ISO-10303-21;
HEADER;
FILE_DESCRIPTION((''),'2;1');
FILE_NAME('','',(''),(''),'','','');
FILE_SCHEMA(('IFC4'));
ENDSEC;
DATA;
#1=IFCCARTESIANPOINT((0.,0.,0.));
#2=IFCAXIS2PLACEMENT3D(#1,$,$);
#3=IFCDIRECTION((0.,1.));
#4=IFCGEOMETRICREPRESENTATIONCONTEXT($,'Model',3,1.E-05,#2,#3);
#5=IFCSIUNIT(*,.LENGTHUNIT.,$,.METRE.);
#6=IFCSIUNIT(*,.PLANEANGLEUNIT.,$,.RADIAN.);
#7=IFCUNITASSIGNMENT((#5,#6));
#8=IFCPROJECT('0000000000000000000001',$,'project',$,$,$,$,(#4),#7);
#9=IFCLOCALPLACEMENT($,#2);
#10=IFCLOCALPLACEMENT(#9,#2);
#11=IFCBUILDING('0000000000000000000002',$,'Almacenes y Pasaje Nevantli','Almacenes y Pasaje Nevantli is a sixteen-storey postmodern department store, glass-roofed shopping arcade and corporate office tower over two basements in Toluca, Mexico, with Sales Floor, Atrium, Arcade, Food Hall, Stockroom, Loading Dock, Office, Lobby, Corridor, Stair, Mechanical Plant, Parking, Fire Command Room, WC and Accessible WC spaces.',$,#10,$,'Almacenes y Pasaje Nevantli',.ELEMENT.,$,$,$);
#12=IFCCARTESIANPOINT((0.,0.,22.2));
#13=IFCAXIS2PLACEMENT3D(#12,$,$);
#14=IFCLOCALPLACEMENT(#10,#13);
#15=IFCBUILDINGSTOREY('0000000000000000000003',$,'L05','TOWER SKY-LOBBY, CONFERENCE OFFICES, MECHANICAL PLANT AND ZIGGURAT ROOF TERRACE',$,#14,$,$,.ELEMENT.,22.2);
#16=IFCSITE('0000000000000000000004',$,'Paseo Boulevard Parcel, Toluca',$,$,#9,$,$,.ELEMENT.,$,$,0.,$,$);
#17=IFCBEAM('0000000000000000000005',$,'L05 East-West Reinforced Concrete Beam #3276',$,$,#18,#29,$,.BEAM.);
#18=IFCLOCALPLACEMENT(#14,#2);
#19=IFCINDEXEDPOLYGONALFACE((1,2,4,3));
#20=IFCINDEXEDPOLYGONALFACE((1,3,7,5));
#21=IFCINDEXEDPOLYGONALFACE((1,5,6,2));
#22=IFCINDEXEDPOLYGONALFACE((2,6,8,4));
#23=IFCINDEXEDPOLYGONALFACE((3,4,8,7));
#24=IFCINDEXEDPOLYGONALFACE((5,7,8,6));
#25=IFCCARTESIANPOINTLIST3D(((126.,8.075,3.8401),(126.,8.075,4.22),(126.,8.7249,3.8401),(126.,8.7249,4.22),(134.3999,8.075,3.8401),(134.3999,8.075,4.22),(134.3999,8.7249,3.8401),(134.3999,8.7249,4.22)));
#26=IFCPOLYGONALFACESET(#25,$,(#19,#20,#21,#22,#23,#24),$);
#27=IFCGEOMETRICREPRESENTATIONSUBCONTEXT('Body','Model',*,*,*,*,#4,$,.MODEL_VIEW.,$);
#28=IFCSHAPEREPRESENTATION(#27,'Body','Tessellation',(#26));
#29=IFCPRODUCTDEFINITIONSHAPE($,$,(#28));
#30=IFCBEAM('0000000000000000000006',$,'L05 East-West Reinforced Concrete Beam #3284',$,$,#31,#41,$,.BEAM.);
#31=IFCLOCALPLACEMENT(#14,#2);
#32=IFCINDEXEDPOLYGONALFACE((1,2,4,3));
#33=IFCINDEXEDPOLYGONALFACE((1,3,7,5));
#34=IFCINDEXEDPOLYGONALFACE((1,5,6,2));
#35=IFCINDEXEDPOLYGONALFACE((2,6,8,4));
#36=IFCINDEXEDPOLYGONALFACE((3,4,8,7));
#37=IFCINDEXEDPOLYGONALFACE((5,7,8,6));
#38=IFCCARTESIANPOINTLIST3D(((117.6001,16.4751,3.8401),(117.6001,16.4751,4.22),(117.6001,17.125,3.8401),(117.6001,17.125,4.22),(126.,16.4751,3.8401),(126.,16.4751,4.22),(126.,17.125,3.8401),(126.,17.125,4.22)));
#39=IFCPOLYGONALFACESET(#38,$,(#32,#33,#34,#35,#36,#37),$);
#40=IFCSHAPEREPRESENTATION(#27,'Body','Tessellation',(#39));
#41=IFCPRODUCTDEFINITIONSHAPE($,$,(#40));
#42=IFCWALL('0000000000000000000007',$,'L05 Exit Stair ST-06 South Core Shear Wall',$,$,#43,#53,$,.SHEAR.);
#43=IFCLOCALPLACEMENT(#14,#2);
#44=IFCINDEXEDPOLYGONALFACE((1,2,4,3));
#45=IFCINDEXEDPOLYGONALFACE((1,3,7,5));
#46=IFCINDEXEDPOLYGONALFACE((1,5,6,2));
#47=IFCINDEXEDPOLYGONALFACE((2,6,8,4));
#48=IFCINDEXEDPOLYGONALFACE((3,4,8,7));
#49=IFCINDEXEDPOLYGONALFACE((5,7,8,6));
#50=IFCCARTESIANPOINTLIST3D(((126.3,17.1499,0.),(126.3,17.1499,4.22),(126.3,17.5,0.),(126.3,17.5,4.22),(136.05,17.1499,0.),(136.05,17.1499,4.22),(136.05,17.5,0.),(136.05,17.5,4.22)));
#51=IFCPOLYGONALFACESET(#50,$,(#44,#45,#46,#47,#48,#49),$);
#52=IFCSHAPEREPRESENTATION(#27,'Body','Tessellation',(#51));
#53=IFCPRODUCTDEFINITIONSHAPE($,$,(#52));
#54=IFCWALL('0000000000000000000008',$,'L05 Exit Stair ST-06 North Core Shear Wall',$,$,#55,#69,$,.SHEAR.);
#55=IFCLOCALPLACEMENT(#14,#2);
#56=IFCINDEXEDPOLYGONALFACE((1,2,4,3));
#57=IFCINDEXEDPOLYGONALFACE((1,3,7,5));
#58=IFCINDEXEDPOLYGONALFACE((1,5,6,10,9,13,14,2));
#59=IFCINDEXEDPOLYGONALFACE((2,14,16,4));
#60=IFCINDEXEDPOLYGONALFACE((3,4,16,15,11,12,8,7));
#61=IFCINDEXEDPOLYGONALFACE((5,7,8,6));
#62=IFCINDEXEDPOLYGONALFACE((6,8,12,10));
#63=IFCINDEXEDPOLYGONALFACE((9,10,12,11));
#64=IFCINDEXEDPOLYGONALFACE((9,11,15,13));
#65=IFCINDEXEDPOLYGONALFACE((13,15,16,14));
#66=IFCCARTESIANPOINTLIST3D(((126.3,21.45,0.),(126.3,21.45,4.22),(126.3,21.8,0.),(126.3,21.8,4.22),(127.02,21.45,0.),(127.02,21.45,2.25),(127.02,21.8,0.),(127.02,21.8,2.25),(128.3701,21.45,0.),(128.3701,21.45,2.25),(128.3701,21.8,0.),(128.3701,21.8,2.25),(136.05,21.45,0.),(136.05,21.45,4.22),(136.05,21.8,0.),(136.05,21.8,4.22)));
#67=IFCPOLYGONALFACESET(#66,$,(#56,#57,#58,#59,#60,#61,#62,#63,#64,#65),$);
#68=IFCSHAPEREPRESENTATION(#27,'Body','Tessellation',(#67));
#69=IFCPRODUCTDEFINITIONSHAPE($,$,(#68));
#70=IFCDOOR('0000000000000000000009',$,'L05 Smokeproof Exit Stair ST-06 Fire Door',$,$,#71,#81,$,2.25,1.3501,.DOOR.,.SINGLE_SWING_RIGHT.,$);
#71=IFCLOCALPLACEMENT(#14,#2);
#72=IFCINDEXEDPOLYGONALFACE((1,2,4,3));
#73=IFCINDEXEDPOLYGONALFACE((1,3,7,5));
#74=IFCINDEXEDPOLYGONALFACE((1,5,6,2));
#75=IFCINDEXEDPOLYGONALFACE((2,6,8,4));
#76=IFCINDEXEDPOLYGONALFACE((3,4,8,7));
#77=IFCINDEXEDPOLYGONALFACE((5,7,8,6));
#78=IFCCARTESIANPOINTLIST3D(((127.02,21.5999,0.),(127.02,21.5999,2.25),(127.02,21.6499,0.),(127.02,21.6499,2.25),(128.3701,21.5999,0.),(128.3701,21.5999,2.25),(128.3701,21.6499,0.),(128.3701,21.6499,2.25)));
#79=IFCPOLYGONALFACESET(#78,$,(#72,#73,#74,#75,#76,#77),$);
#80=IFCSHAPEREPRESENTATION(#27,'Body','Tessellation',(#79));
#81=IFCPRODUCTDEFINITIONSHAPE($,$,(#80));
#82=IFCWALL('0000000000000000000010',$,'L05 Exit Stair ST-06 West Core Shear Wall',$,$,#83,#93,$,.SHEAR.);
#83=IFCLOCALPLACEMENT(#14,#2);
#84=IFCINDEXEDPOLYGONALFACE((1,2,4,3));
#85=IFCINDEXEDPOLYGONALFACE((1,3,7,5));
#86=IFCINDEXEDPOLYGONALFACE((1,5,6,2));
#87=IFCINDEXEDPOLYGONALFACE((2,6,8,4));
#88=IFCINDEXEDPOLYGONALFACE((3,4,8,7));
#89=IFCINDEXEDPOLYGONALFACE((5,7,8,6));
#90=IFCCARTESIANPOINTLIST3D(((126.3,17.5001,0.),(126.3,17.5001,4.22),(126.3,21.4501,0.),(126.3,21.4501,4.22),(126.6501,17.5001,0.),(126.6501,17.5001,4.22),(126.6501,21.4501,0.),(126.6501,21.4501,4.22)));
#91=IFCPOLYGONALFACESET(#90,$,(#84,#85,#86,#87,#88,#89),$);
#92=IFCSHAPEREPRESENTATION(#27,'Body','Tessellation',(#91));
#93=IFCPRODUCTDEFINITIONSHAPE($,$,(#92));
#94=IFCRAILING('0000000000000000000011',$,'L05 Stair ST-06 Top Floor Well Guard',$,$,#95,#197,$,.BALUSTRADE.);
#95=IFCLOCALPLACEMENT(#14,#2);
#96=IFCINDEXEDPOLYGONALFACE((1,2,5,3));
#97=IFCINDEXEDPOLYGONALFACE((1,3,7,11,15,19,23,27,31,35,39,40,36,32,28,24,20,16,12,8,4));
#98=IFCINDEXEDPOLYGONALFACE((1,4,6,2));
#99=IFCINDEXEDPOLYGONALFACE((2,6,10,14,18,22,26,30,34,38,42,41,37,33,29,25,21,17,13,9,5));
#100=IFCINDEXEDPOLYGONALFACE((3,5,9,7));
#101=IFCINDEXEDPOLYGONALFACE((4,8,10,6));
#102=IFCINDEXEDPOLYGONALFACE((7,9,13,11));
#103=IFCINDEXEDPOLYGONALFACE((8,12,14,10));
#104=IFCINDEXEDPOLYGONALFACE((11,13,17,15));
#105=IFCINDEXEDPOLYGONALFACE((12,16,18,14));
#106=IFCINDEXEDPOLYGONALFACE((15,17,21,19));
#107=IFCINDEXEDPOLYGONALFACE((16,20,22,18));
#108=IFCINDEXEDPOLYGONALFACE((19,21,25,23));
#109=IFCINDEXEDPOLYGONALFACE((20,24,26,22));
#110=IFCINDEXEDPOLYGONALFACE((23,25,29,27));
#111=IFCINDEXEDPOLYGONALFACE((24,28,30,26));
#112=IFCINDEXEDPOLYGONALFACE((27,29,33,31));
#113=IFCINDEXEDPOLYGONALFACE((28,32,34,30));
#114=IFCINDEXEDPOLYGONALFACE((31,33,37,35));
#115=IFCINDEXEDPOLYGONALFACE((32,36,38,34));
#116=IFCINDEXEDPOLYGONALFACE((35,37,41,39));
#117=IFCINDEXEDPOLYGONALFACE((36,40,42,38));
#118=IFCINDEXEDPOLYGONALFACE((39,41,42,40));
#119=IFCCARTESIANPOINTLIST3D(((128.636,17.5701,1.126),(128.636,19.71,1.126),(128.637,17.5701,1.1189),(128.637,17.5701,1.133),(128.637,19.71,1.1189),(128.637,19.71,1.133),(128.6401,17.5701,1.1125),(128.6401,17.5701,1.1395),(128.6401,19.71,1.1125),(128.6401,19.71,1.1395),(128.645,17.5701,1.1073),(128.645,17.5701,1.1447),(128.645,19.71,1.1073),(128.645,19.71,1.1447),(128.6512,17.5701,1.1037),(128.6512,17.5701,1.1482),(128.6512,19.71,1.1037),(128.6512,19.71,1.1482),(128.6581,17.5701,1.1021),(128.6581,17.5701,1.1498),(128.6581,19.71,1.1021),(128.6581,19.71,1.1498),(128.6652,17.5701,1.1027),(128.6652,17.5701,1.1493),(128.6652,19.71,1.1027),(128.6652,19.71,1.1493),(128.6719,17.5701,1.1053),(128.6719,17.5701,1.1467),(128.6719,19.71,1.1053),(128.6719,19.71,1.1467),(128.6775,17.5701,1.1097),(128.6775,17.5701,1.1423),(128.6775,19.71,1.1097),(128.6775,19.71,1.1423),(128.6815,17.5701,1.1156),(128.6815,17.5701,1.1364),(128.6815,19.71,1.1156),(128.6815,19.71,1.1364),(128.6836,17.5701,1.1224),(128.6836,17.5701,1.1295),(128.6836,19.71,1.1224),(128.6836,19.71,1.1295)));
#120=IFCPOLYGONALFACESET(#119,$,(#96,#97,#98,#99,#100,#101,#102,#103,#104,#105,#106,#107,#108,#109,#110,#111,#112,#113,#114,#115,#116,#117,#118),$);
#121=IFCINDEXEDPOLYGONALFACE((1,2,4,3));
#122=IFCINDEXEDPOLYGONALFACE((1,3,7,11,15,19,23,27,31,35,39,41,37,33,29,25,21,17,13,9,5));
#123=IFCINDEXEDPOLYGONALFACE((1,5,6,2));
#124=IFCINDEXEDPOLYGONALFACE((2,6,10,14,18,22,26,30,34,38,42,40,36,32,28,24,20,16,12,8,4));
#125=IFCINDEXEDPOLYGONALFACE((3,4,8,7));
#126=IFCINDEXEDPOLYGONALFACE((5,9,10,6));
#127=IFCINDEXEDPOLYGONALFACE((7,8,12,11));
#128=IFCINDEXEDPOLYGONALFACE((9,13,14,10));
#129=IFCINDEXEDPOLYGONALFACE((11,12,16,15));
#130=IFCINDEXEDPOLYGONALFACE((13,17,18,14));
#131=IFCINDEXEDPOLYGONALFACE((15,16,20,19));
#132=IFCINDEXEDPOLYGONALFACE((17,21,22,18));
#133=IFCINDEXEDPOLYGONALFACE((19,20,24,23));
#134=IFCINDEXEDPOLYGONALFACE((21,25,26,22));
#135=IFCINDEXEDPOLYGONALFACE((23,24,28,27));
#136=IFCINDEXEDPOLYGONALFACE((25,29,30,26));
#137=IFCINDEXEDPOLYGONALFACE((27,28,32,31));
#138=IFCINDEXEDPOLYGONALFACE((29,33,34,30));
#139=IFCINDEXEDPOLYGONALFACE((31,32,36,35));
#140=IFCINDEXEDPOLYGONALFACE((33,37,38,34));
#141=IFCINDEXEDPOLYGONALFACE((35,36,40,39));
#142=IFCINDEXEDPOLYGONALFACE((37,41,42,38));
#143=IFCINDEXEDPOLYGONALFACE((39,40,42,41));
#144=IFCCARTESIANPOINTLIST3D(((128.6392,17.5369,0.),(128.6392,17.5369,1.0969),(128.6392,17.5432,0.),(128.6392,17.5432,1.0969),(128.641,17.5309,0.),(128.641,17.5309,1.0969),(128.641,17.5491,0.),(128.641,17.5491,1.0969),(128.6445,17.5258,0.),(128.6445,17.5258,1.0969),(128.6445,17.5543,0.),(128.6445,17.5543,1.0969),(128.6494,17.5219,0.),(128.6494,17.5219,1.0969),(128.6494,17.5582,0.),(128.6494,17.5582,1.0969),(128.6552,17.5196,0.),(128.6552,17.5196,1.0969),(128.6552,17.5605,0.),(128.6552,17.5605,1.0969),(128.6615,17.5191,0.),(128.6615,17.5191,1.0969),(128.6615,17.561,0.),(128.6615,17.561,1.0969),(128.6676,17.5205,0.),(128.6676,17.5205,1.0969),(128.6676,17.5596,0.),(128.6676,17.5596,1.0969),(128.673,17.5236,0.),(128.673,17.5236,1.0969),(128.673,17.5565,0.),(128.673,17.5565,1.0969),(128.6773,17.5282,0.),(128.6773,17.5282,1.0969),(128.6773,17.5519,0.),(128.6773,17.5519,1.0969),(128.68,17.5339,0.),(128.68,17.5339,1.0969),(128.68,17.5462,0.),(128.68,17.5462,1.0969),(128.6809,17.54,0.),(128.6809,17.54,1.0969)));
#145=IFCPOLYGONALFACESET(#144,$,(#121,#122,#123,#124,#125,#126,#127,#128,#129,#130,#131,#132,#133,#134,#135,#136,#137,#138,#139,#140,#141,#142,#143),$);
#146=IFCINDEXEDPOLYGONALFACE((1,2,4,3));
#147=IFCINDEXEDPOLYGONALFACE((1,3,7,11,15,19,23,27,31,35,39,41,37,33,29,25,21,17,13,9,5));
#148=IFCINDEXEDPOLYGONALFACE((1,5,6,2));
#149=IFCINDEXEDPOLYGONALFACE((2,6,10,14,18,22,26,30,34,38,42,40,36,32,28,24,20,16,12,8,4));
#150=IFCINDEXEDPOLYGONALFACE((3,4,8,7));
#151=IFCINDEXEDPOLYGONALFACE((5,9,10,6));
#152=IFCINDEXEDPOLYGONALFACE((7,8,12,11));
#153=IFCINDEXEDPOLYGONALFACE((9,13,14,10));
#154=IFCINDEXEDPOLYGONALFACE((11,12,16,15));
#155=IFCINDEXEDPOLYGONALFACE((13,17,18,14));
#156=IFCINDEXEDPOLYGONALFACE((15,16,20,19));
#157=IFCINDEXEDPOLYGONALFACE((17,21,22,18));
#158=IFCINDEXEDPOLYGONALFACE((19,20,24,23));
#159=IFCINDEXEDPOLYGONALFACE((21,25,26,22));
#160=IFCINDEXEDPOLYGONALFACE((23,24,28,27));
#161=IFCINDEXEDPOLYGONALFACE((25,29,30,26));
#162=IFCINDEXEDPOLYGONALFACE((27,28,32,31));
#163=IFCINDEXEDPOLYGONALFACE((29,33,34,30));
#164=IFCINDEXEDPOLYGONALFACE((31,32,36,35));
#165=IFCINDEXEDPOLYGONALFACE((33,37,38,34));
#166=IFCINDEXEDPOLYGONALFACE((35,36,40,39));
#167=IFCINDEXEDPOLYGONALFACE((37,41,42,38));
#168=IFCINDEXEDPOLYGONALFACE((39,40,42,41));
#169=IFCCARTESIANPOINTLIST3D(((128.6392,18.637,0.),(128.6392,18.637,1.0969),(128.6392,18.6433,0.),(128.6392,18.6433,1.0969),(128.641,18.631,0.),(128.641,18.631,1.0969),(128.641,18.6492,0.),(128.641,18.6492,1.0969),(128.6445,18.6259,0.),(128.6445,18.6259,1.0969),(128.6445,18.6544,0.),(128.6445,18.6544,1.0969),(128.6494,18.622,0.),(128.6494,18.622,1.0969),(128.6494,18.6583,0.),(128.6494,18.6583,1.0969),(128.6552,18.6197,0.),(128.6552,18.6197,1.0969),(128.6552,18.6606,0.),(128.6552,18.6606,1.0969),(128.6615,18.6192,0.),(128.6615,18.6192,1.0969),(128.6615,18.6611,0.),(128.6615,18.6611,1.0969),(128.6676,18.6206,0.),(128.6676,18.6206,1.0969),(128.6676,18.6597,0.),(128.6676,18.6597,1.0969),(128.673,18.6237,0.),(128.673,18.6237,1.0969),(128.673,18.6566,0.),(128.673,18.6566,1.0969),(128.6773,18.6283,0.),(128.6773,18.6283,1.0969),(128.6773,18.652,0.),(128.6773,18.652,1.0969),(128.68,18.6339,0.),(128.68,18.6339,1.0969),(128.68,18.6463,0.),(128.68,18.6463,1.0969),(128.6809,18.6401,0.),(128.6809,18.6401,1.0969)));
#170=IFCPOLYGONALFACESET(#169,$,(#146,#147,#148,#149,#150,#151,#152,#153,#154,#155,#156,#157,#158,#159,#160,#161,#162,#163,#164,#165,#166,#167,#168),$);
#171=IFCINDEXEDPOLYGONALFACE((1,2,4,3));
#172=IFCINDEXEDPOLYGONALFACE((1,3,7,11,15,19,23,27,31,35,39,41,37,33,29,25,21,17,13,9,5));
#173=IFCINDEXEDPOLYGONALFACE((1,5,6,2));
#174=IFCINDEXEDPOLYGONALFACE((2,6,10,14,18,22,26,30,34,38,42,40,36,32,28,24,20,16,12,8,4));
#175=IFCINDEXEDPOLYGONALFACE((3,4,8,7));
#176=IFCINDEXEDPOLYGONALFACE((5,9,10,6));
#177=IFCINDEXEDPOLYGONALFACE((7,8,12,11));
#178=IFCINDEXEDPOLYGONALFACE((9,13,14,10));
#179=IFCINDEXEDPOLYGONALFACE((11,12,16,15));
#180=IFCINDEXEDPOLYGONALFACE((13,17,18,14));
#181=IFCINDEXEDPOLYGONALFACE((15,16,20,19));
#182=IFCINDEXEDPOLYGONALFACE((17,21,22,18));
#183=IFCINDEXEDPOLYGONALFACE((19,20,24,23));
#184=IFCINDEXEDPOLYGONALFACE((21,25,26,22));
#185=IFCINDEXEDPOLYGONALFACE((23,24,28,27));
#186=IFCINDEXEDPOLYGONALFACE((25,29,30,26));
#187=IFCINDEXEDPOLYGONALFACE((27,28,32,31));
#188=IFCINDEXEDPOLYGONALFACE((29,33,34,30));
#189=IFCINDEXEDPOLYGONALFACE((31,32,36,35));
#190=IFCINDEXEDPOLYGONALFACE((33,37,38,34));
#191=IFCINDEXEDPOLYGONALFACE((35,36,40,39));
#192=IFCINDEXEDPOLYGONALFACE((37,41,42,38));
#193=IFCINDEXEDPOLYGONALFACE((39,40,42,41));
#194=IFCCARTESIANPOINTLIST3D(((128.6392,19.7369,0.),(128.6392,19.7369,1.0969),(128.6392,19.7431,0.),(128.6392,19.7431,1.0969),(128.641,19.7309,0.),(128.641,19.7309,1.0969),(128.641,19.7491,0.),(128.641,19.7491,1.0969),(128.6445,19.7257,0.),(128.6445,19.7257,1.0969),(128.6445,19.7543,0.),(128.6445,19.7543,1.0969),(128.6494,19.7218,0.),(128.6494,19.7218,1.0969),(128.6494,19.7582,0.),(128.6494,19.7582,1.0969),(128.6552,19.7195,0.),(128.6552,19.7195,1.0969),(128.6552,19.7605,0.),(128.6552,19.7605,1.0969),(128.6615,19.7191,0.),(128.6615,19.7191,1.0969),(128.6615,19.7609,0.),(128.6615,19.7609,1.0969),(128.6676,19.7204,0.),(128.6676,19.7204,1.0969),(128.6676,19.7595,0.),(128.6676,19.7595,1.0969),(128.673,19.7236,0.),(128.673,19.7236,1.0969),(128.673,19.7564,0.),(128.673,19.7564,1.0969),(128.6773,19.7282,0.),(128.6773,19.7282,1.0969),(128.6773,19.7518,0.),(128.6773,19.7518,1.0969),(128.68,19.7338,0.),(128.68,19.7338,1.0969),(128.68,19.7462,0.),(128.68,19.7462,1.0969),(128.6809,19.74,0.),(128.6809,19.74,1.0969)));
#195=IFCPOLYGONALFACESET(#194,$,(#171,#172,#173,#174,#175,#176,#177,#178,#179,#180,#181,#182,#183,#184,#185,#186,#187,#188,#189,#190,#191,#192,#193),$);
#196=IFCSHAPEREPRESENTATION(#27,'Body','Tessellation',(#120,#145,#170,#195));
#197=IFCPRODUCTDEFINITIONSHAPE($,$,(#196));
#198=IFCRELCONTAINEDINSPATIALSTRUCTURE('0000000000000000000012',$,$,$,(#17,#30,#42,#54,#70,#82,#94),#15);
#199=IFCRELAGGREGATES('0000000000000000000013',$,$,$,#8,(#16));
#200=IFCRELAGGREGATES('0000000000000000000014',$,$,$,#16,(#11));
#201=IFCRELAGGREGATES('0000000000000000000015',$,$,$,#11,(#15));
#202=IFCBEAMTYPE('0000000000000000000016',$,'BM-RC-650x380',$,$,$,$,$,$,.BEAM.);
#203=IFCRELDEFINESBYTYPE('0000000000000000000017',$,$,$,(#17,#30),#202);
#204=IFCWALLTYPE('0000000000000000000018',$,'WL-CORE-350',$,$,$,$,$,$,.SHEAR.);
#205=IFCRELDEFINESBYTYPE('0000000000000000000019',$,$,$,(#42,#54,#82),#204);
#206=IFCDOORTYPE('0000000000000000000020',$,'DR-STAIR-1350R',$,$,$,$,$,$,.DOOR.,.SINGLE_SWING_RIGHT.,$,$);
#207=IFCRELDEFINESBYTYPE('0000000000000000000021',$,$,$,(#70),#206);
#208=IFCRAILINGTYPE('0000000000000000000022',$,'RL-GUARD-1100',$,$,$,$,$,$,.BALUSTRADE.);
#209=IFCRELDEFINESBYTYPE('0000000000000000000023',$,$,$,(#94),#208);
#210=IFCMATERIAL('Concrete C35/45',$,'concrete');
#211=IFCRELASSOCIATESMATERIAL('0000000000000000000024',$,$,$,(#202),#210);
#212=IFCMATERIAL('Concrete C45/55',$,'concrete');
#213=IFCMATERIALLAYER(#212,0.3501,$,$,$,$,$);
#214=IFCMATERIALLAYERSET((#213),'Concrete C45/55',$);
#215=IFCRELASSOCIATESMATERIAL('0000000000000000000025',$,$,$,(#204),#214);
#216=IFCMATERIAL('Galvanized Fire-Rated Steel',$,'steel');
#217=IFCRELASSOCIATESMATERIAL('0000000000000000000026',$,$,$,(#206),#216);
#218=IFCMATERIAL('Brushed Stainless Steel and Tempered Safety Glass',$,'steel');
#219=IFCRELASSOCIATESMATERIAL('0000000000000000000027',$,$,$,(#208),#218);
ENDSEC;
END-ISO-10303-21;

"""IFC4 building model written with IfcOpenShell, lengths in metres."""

from ifc_helpers import new_model, si_unit, direction, frame, frame_2d, origin, origin_2d, place, context, subcontext, project, spatial, rectangle, circle, extrude, material, layer, layer_set, material_profile, profile_set, type_object, element, fill, save


model = new_model("IFC4")

# Units and contexts
model_context = context("Model", 3, precision=1e-05, world=origin(), true_north=direction((0.0, 1.0)))
body_context = subcontext(model_context, "Body", "Model", "MODEL_VIEW")
ifc_project = project(units=[si_unit("LENGTHUNIT", "METRE"), si_unit("PLANEANGLEUNIT", "RADIAN")], contexts=[model_context])

# Site, building, storey
site_placement = place(None, origin())
site = spatial("IfcSite", under=ifc_project, at=site_placement, Name="Paseo Boulevard Parcel, Toluca", CompositionType="ELEMENT", RefElevation=0.0)
building_placement = place(site_placement, origin())
building = spatial("IfcBuilding", under=site, at=building_placement, Name="Almacenes y Pasaje Nevantli", Description="Almacenes y Pasaje Nevantli is a sixteen-storey postmodern department store, glass-roofed shopping arcade and corporate office tower over two basements in Toluca, Mexico, with Sales Floor, Atrium, Arcade, Food Hall, Stockroom, Loading Dock, Office, Lobby, Corridor, Stair, Mechanical Plant, Parking, Fire Command Room, WC and Accessible WC spaces.", LongName="Almacenes y Pasaje Nevantli", CompositionType="ELEMENT")
storey_placement = place(building_placement, frame((0.0, 0.0, 22.2)))
storey = spatial("IfcBuildingStorey", under=building, at=storey_placement, Name="L05", Description="TOWER SKY-LOBBY, CONFERENCE OFFICES, MECHANICAL PLANT AND ZIGGURAT ROOF TERRACE", CompositionType="ELEMENT", Elevation=22.2)

# Beams
ifc_material_1 = material(Name="Concrete C35/45", Category="concrete")
ifc_material_profile_1 = material_profile(ifc_material_1, rectangle(XDim=0.6499, YDim=0.3799, at=origin_2d()), Name="RC-BM-650x380")
ifc_profile_set_1 = profile_set([ifc_material_profile_1], Name="Concrete C35/45")
beam_type_1 = type_object("IfcBeamType", Name="BM-RC-650x380", PredefinedType="BEAM", material=ifc_profile_set_1)
for number, where, z_axis, x_axis, name in (
    (1, (126.0, 8.3999, 4.03), (1.0, 0.0, 0.0), (0.0, 1.0, 0.0), "L05 East-West Reinforced Concrete Beam #3276"),
    (2, (117.6001, 16.8, 4.03), (1.0, 0.0, 0.0), (0.0, 1.0, 0.0), "L05 East-West Reinforced Concrete Beam #3284"),
):
    element("IfcBeam", number, at=place(storey_placement, frame(where, z_axis=z_axis, x_axis=x_axis)), inside=storey, type_object=beam_type_1, Name=name, PredefinedType="BEAM", context=body_context, shape_type="SweptSolid", body=[
        extrude(rectangle(XDim=0.6499, YDim=0.3799, at=origin_2d()), origin(), (0.0, 0.0, 1.0), 8.3999),
    ])

# Wall
ifc_material_2 = material(Name="Concrete C45/55", Category="concrete")
ifc_layer = layer(ifc_material_2, 0.3501)
ifc_layer_set = layer_set([ifc_layer], Name="Concrete C45/55")
wall_type = type_object("IfcWallType", Name="WL-CORE-350", PredefinedType="SHEAR", material=ifc_layer_set)
wall_1_placement = place(storey_placement, frame((126.3, 17.325, 0.0), z_axis=(0.0, 0.0, 1.0), x_axis=(1.0, 0.0, 0.0)))
element("IfcWall", 3, at=wall_1_placement, inside=storey, type_object=wall_type, Name="L05 Exit Stair ST-06 South Core Shear Wall", PredefinedType="SHEAR", context=body_context, shape_type="SweptSolid", body=[
    extrude(rectangle(XDim=9.75, YDim=0.3501, at=frame_2d((4.875, 0.0))), origin(), (0.0, 0.0, 1.0), 4.22),
])

# Wall, opening, door
wall_2_placement = place(storey_placement, frame((126.3, 21.625, 0.0), z_axis=(0.0, 0.0, 1.0), x_axis=(1.0, 0.0, 0.0)))
wall_2 = element("IfcWall", 4, at=wall_2_placement, inside=storey, type_object=wall_type, Name="L05 Exit Stair ST-06 North Core Shear Wall", PredefinedType="SHEAR", context=body_context, shape_type="SweptSolid", body=[
    extrude(rectangle(XDim=9.75, YDim=0.3501, at=frame_2d((4.875, 0.0))), origin(), (0.0, 0.0, 1.0), 4.22),
])
opening_placement = place(wall_2_placement, frame((0.72, 0.0, 0.0)))
opening = element("IfcOpeningElement", 5, at=opening_placement, cuts=wall_2, PredefinedType="OPENING", context=body_context, shape_type="SweptSolid", body=[
    extrude(rectangle(XDim=1.3501, YDim=2.25, at=frame_2d((0.675, 1.125))), frame((0.0, 0.1851, 0.0), z_axis=(0.0, -1.0, 0.0), x_axis=(1.0, 0.0, 0.0)), (0.0, 0.0, 1.0), 0.3701),
])
ifc_material_3 = material(Name="Galvanized Fire-Rated Steel", Category="steel")
door_type = type_object("IfcDoorType", Name="DR-STAIR-1350R", OperationType="SINGLE_SWING_RIGHT", PredefinedType="DOOR", material=ifc_material_3)
door_placement = place(opening_placement, origin())
door = element("IfcDoor", 6, at=door_placement, inside=storey, type_object=door_type, Name="L05 Smokeproof Exit Stair ST-06 Fire Door", OperationType="SINGLE_SWING_RIGHT", OverallHeight=2.25, OverallWidth=1.3501, PredefinedType="DOOR", context=body_context, shape_type="SweptSolid", body=[
    extrude(rectangle(XDim=1.3501, YDim=2.25, at=frame_2d((0.675, 1.125))), frame((0.0, 0.0249, 0.0), z_axis=(0.0, -1.0, 0.0), x_axis=(1.0, 0.0, 0.0)), (0.0, 0.0, 1.0), 0.05),
])
fill(opening, door)

# Wall
wall_3_placement = place(storey_placement, frame((126.4751, 17.5, 0.0), z_axis=(0.0, 0.0, 1.0), x_axis=(0.0, 1.0, 0.0)))
element("IfcWall", 7, at=wall_3_placement, inside=storey, type_object=wall_type, Name="L05 Exit Stair ST-06 West Core Shear Wall", PredefinedType="SHEAR", context=body_context, shape_type="SweptSolid", body=[
    extrude(rectangle(XDim=3.95, YDim=0.3501, at=frame_2d((1.9751, 0.0))), origin(), (0.0, 0.0, 1.0), 4.22),
])

# Railing
ifc_material_4 = material(Name="Brushed Stainless Steel and Tempered Safety Glass", Category="steel")
railing_type = type_object("IfcRailingType", Name="RL-GUARD-1100", PredefinedType="BALUSTRADE", material=ifc_material_4)
railing_placement = place(storey_placement, frame((128.6599, 17.54, 0.0)))
element("IfcRailing", 8, at=railing_placement, inside=storey, type_object=railing_type, Name="L05 Stair ST-06 Top Floor Well Guard", PredefinedType="BALUSTRADE", context=body_context, shape_type="SweptSolid", body=[
    extrude(circle(Radius=0.0239, at=origin_2d()), frame((0.0, 0.03, 1.126), z_axis=(0.0, 1.0, 0.0), x_axis=(-1.0, 0.0, 0.0)), (0.0, 0.0, 1.0), 2.1399),
    extrude(circle(Radius=0.021, at=origin_2d()), origin(), (0.0, 0.0, 1.0), 1.0969),
    extrude(circle(Radius=0.021, at=origin_2d()), frame((0.0, 1.1001, 0.0)), (0.0, 0.0, 1.0), 1.0969),
    extrude(circle(Radius=0.021, at=origin_2d()), frame((0.0, 2.2, 0.0)), (0.0, 0.0, 1.0), 1.0969),
])

save(model, "model.ifc")
